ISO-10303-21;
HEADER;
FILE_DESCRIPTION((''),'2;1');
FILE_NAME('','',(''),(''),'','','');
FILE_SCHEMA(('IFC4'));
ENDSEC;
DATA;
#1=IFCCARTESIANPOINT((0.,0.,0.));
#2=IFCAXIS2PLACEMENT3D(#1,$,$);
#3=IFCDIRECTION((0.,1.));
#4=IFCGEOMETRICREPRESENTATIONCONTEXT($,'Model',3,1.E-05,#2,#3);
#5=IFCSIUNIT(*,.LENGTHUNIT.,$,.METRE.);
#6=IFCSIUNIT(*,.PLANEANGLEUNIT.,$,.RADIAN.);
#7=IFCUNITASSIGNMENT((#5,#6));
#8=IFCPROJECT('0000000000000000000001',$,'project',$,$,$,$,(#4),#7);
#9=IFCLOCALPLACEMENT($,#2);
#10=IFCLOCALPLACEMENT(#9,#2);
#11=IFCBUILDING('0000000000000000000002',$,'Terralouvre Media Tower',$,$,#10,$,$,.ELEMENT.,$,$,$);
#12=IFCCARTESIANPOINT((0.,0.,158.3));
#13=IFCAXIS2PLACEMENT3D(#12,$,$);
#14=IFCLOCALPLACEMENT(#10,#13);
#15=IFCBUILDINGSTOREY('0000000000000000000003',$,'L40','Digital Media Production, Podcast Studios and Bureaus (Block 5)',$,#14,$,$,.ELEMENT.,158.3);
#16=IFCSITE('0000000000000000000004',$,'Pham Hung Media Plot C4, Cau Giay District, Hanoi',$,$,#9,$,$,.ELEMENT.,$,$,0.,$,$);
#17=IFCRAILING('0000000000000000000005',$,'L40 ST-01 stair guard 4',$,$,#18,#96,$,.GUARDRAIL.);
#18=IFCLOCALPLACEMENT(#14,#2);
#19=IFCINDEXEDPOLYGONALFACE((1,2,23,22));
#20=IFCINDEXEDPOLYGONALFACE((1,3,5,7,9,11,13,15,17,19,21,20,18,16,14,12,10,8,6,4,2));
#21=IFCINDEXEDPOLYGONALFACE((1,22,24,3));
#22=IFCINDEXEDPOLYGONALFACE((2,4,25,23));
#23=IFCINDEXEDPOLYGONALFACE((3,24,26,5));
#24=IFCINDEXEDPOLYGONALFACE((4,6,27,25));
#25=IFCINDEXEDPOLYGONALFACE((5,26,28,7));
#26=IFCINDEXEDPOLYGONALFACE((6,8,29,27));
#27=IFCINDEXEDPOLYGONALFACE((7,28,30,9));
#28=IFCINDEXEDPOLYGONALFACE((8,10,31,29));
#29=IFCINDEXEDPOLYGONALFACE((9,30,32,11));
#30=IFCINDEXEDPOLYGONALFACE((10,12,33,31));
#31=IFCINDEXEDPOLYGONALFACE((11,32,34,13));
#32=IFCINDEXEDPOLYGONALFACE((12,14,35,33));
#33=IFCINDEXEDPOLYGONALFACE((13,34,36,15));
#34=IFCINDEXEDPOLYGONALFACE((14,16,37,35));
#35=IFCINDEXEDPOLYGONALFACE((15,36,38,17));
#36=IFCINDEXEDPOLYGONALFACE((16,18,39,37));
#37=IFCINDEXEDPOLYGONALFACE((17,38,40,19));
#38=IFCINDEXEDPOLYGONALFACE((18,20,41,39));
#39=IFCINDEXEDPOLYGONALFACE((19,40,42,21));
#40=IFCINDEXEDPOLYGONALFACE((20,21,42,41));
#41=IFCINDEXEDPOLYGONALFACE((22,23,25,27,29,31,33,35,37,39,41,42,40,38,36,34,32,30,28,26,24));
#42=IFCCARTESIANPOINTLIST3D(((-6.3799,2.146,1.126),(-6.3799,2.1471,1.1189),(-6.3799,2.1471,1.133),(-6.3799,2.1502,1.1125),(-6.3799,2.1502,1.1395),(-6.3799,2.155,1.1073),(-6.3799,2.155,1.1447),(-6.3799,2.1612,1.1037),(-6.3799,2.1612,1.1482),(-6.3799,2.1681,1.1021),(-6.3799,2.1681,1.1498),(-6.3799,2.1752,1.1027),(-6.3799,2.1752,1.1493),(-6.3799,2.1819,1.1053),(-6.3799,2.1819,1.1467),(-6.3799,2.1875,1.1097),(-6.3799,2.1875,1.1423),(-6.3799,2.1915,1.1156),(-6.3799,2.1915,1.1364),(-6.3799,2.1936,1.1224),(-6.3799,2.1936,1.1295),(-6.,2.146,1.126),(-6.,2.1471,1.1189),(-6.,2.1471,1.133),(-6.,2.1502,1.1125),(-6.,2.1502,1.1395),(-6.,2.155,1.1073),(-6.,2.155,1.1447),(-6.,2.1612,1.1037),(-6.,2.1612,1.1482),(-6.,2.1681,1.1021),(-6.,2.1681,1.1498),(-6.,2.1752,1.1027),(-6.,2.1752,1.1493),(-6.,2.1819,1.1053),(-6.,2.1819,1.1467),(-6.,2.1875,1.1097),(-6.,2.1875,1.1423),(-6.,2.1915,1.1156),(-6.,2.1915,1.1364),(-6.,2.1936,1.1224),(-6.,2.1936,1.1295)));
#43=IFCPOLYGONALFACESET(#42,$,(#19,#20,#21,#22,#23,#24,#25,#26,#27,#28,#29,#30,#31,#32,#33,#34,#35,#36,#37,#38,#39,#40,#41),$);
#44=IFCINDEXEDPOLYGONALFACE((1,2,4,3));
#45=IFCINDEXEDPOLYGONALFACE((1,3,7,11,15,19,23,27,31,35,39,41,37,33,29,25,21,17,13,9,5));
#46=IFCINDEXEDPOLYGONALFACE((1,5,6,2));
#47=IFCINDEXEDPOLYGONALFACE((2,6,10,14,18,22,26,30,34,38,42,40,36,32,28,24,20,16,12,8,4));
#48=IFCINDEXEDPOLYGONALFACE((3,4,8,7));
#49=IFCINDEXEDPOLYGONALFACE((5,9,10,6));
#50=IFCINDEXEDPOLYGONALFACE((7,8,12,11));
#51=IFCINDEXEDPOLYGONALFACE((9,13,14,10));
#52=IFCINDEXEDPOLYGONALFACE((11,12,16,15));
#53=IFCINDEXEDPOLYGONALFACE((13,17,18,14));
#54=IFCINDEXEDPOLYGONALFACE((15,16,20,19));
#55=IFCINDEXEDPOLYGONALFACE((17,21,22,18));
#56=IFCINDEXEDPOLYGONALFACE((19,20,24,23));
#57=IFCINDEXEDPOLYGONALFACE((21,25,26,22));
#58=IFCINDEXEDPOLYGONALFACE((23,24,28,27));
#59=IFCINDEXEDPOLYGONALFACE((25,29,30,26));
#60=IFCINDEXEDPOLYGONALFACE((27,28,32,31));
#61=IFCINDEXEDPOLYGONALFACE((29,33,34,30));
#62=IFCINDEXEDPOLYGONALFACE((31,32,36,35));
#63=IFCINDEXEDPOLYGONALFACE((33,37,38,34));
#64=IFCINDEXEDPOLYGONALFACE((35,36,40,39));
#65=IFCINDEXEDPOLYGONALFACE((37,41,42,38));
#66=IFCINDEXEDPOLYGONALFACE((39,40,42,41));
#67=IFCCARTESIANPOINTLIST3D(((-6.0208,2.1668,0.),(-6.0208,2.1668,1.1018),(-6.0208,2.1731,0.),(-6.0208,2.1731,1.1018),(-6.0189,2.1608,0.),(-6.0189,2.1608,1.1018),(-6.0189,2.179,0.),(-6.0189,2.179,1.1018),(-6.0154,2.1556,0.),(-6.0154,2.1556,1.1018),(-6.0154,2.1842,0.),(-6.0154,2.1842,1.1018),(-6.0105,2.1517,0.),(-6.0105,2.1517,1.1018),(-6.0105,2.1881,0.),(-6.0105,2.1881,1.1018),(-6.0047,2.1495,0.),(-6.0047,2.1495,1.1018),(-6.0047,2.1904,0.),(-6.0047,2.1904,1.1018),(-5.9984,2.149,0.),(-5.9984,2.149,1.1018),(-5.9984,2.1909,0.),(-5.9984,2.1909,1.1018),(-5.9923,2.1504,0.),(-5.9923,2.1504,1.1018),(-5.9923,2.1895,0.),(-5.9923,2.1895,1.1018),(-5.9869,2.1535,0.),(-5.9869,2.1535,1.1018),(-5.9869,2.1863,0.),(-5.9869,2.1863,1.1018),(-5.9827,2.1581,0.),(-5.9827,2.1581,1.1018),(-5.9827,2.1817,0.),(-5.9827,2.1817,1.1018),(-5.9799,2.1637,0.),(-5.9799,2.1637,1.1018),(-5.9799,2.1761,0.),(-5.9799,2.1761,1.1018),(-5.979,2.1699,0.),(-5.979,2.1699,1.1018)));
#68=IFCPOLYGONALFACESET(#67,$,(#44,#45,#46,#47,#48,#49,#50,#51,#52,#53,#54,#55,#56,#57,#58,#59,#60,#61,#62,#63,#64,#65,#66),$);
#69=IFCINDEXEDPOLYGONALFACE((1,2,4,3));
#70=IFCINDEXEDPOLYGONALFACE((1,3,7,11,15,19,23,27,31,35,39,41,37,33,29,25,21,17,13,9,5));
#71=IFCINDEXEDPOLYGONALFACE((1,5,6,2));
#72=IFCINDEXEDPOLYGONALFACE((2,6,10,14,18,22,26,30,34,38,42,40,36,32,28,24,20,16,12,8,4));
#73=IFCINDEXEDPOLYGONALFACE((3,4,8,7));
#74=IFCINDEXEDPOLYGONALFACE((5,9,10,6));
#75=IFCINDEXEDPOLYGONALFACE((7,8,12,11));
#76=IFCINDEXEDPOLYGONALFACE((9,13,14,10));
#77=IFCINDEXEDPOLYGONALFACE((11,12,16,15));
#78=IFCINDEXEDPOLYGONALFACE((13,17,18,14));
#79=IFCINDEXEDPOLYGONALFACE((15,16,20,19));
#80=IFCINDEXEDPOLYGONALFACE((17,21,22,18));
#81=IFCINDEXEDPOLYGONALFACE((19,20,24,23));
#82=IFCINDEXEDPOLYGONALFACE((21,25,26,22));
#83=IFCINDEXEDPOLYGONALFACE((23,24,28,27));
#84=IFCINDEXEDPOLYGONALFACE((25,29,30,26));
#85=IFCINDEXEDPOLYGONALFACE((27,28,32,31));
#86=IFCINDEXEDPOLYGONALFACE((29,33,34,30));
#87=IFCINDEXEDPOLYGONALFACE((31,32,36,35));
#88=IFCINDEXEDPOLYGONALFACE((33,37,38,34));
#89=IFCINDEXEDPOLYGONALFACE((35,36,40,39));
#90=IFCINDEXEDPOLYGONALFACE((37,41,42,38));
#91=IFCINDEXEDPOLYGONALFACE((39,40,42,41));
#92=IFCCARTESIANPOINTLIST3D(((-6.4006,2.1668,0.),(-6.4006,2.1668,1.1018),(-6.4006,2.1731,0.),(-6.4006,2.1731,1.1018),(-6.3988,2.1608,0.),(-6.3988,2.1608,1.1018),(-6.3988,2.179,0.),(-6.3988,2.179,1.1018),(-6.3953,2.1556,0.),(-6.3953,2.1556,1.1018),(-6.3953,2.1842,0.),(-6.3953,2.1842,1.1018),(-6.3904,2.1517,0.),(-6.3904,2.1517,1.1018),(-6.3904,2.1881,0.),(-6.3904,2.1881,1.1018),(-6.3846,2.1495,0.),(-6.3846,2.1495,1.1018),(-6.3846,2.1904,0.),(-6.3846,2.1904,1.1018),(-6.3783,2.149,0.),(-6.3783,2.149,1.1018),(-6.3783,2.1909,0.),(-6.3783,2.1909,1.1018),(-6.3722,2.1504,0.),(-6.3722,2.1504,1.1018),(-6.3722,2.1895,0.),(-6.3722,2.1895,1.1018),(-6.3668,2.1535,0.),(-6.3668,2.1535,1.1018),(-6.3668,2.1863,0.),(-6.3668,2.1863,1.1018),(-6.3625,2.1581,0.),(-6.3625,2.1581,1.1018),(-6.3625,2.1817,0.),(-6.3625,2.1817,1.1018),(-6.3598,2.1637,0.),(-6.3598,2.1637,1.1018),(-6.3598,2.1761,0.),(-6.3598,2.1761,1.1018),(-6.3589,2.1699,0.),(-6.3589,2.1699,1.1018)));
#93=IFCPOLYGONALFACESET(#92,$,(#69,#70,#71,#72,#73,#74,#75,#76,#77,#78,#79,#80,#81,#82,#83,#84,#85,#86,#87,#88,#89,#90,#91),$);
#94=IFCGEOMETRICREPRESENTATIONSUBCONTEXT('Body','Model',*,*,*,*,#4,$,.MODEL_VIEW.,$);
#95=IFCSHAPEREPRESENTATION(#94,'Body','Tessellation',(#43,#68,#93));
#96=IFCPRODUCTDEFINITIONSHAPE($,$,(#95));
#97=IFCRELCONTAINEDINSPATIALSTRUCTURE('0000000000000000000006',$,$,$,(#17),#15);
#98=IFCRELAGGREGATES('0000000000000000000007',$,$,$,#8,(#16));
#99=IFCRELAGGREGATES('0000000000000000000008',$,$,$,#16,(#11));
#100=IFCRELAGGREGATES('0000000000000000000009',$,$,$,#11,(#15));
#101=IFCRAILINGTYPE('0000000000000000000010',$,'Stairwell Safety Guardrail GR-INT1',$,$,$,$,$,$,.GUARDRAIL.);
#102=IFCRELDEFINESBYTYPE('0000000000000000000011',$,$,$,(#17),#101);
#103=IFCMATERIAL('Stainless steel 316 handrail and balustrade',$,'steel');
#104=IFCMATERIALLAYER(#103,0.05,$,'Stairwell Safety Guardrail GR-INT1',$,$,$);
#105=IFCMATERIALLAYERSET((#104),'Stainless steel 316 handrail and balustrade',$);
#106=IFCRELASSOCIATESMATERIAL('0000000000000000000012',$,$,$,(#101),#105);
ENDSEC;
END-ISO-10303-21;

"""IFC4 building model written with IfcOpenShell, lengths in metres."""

from ifc_helpers import new_model, si_unit, direction, frame, origin, origin_2d, place, context, subcontext, project, spatial, circle, extrude, material, layer, layer_set, type_object, element, save


model = new_model("IFC4")

# Units and contexts
model_context = context("Model", 3, precision=1e-05, world=origin(), true_north=direction((0.0, 1.0)))
body_context = subcontext(model_context, "Body", "Model", "MODEL_VIEW")
ifc_project = project(units=[si_unit("LENGTHUNIT", "METRE"), si_unit("PLANEANGLEUNIT", "RADIAN")], contexts=[model_context])

# Site, building, storey
site_placement = place(None, origin())
site = spatial("IfcSite", under=ifc_project, at=site_placement, Name="Pham Hung Media Plot C4, Cau Giay District, Hanoi", CompositionType="ELEMENT", RefElevation=0.0)
building_placement = place(site_placement, origin())
building = spatial("IfcBuilding", under=site, at=building_placement, Name="Terralouvre Media Tower", CompositionType="ELEMENT")
storey_placement = place(building_placement, frame((0.0, 0.0, 158.3)))
storey = spatial("IfcBuildingStorey", under=building, at=storey_placement, Name="L40", Description="Digital Media Production, Podcast Studios and Bureaus (Block 5)", CompositionType="ELEMENT", Elevation=158.3)

# Railing
ifc_material_1 = material(Name="Stainless steel 316 handrail and balustrade", Category="steel")
ifc_layer_1 = layer(ifc_material_1, 0.05, Name="Stairwell Safety Guardrail GR-INT1")
ifc_layer_set_1 = layer_set([ifc_layer_1], Name="Stainless steel 316 handrail and balustrade")
railing_type_1 = type_object("IfcRailingType", Name="Stairwell Safety Guardrail GR-INT1", PredefinedType="GUARDRAIL", material=ifc_layer_set_1)
railing_1_placement = place(storey_placement, frame((-6.0, 2.1699, 0.0)))
element("IfcRailing", 1, at=railing_1_placement, inside=storey, type_object=railing_type_1, Name="L40 ST-01 stair guard 4", PredefinedType="GUARDRAIL", context=body_context, shape_type="SweptSolid", body=[
    extrude(circle(Radius=0.0239, at=origin_2d()), frame((0.0, 0.0, 1.126), z_axis=(-1.0, 0.0, 0.0), x_axis=(0.0, -1.0, 0.0)), (0.0, 0.0, 1.0), 0.3799),
    extrude(circle(Radius=0.021, at=origin_2d()), origin(), (0.0, 0.0, 1.0), 1.1018),
    extrude(circle(Radius=0.021, at=origin_2d()), frame((-0.3799, 0.0, 0.0)), (0.0, 0.0, 1.0), 1.1018),
])

save(model, "model.ifc")
